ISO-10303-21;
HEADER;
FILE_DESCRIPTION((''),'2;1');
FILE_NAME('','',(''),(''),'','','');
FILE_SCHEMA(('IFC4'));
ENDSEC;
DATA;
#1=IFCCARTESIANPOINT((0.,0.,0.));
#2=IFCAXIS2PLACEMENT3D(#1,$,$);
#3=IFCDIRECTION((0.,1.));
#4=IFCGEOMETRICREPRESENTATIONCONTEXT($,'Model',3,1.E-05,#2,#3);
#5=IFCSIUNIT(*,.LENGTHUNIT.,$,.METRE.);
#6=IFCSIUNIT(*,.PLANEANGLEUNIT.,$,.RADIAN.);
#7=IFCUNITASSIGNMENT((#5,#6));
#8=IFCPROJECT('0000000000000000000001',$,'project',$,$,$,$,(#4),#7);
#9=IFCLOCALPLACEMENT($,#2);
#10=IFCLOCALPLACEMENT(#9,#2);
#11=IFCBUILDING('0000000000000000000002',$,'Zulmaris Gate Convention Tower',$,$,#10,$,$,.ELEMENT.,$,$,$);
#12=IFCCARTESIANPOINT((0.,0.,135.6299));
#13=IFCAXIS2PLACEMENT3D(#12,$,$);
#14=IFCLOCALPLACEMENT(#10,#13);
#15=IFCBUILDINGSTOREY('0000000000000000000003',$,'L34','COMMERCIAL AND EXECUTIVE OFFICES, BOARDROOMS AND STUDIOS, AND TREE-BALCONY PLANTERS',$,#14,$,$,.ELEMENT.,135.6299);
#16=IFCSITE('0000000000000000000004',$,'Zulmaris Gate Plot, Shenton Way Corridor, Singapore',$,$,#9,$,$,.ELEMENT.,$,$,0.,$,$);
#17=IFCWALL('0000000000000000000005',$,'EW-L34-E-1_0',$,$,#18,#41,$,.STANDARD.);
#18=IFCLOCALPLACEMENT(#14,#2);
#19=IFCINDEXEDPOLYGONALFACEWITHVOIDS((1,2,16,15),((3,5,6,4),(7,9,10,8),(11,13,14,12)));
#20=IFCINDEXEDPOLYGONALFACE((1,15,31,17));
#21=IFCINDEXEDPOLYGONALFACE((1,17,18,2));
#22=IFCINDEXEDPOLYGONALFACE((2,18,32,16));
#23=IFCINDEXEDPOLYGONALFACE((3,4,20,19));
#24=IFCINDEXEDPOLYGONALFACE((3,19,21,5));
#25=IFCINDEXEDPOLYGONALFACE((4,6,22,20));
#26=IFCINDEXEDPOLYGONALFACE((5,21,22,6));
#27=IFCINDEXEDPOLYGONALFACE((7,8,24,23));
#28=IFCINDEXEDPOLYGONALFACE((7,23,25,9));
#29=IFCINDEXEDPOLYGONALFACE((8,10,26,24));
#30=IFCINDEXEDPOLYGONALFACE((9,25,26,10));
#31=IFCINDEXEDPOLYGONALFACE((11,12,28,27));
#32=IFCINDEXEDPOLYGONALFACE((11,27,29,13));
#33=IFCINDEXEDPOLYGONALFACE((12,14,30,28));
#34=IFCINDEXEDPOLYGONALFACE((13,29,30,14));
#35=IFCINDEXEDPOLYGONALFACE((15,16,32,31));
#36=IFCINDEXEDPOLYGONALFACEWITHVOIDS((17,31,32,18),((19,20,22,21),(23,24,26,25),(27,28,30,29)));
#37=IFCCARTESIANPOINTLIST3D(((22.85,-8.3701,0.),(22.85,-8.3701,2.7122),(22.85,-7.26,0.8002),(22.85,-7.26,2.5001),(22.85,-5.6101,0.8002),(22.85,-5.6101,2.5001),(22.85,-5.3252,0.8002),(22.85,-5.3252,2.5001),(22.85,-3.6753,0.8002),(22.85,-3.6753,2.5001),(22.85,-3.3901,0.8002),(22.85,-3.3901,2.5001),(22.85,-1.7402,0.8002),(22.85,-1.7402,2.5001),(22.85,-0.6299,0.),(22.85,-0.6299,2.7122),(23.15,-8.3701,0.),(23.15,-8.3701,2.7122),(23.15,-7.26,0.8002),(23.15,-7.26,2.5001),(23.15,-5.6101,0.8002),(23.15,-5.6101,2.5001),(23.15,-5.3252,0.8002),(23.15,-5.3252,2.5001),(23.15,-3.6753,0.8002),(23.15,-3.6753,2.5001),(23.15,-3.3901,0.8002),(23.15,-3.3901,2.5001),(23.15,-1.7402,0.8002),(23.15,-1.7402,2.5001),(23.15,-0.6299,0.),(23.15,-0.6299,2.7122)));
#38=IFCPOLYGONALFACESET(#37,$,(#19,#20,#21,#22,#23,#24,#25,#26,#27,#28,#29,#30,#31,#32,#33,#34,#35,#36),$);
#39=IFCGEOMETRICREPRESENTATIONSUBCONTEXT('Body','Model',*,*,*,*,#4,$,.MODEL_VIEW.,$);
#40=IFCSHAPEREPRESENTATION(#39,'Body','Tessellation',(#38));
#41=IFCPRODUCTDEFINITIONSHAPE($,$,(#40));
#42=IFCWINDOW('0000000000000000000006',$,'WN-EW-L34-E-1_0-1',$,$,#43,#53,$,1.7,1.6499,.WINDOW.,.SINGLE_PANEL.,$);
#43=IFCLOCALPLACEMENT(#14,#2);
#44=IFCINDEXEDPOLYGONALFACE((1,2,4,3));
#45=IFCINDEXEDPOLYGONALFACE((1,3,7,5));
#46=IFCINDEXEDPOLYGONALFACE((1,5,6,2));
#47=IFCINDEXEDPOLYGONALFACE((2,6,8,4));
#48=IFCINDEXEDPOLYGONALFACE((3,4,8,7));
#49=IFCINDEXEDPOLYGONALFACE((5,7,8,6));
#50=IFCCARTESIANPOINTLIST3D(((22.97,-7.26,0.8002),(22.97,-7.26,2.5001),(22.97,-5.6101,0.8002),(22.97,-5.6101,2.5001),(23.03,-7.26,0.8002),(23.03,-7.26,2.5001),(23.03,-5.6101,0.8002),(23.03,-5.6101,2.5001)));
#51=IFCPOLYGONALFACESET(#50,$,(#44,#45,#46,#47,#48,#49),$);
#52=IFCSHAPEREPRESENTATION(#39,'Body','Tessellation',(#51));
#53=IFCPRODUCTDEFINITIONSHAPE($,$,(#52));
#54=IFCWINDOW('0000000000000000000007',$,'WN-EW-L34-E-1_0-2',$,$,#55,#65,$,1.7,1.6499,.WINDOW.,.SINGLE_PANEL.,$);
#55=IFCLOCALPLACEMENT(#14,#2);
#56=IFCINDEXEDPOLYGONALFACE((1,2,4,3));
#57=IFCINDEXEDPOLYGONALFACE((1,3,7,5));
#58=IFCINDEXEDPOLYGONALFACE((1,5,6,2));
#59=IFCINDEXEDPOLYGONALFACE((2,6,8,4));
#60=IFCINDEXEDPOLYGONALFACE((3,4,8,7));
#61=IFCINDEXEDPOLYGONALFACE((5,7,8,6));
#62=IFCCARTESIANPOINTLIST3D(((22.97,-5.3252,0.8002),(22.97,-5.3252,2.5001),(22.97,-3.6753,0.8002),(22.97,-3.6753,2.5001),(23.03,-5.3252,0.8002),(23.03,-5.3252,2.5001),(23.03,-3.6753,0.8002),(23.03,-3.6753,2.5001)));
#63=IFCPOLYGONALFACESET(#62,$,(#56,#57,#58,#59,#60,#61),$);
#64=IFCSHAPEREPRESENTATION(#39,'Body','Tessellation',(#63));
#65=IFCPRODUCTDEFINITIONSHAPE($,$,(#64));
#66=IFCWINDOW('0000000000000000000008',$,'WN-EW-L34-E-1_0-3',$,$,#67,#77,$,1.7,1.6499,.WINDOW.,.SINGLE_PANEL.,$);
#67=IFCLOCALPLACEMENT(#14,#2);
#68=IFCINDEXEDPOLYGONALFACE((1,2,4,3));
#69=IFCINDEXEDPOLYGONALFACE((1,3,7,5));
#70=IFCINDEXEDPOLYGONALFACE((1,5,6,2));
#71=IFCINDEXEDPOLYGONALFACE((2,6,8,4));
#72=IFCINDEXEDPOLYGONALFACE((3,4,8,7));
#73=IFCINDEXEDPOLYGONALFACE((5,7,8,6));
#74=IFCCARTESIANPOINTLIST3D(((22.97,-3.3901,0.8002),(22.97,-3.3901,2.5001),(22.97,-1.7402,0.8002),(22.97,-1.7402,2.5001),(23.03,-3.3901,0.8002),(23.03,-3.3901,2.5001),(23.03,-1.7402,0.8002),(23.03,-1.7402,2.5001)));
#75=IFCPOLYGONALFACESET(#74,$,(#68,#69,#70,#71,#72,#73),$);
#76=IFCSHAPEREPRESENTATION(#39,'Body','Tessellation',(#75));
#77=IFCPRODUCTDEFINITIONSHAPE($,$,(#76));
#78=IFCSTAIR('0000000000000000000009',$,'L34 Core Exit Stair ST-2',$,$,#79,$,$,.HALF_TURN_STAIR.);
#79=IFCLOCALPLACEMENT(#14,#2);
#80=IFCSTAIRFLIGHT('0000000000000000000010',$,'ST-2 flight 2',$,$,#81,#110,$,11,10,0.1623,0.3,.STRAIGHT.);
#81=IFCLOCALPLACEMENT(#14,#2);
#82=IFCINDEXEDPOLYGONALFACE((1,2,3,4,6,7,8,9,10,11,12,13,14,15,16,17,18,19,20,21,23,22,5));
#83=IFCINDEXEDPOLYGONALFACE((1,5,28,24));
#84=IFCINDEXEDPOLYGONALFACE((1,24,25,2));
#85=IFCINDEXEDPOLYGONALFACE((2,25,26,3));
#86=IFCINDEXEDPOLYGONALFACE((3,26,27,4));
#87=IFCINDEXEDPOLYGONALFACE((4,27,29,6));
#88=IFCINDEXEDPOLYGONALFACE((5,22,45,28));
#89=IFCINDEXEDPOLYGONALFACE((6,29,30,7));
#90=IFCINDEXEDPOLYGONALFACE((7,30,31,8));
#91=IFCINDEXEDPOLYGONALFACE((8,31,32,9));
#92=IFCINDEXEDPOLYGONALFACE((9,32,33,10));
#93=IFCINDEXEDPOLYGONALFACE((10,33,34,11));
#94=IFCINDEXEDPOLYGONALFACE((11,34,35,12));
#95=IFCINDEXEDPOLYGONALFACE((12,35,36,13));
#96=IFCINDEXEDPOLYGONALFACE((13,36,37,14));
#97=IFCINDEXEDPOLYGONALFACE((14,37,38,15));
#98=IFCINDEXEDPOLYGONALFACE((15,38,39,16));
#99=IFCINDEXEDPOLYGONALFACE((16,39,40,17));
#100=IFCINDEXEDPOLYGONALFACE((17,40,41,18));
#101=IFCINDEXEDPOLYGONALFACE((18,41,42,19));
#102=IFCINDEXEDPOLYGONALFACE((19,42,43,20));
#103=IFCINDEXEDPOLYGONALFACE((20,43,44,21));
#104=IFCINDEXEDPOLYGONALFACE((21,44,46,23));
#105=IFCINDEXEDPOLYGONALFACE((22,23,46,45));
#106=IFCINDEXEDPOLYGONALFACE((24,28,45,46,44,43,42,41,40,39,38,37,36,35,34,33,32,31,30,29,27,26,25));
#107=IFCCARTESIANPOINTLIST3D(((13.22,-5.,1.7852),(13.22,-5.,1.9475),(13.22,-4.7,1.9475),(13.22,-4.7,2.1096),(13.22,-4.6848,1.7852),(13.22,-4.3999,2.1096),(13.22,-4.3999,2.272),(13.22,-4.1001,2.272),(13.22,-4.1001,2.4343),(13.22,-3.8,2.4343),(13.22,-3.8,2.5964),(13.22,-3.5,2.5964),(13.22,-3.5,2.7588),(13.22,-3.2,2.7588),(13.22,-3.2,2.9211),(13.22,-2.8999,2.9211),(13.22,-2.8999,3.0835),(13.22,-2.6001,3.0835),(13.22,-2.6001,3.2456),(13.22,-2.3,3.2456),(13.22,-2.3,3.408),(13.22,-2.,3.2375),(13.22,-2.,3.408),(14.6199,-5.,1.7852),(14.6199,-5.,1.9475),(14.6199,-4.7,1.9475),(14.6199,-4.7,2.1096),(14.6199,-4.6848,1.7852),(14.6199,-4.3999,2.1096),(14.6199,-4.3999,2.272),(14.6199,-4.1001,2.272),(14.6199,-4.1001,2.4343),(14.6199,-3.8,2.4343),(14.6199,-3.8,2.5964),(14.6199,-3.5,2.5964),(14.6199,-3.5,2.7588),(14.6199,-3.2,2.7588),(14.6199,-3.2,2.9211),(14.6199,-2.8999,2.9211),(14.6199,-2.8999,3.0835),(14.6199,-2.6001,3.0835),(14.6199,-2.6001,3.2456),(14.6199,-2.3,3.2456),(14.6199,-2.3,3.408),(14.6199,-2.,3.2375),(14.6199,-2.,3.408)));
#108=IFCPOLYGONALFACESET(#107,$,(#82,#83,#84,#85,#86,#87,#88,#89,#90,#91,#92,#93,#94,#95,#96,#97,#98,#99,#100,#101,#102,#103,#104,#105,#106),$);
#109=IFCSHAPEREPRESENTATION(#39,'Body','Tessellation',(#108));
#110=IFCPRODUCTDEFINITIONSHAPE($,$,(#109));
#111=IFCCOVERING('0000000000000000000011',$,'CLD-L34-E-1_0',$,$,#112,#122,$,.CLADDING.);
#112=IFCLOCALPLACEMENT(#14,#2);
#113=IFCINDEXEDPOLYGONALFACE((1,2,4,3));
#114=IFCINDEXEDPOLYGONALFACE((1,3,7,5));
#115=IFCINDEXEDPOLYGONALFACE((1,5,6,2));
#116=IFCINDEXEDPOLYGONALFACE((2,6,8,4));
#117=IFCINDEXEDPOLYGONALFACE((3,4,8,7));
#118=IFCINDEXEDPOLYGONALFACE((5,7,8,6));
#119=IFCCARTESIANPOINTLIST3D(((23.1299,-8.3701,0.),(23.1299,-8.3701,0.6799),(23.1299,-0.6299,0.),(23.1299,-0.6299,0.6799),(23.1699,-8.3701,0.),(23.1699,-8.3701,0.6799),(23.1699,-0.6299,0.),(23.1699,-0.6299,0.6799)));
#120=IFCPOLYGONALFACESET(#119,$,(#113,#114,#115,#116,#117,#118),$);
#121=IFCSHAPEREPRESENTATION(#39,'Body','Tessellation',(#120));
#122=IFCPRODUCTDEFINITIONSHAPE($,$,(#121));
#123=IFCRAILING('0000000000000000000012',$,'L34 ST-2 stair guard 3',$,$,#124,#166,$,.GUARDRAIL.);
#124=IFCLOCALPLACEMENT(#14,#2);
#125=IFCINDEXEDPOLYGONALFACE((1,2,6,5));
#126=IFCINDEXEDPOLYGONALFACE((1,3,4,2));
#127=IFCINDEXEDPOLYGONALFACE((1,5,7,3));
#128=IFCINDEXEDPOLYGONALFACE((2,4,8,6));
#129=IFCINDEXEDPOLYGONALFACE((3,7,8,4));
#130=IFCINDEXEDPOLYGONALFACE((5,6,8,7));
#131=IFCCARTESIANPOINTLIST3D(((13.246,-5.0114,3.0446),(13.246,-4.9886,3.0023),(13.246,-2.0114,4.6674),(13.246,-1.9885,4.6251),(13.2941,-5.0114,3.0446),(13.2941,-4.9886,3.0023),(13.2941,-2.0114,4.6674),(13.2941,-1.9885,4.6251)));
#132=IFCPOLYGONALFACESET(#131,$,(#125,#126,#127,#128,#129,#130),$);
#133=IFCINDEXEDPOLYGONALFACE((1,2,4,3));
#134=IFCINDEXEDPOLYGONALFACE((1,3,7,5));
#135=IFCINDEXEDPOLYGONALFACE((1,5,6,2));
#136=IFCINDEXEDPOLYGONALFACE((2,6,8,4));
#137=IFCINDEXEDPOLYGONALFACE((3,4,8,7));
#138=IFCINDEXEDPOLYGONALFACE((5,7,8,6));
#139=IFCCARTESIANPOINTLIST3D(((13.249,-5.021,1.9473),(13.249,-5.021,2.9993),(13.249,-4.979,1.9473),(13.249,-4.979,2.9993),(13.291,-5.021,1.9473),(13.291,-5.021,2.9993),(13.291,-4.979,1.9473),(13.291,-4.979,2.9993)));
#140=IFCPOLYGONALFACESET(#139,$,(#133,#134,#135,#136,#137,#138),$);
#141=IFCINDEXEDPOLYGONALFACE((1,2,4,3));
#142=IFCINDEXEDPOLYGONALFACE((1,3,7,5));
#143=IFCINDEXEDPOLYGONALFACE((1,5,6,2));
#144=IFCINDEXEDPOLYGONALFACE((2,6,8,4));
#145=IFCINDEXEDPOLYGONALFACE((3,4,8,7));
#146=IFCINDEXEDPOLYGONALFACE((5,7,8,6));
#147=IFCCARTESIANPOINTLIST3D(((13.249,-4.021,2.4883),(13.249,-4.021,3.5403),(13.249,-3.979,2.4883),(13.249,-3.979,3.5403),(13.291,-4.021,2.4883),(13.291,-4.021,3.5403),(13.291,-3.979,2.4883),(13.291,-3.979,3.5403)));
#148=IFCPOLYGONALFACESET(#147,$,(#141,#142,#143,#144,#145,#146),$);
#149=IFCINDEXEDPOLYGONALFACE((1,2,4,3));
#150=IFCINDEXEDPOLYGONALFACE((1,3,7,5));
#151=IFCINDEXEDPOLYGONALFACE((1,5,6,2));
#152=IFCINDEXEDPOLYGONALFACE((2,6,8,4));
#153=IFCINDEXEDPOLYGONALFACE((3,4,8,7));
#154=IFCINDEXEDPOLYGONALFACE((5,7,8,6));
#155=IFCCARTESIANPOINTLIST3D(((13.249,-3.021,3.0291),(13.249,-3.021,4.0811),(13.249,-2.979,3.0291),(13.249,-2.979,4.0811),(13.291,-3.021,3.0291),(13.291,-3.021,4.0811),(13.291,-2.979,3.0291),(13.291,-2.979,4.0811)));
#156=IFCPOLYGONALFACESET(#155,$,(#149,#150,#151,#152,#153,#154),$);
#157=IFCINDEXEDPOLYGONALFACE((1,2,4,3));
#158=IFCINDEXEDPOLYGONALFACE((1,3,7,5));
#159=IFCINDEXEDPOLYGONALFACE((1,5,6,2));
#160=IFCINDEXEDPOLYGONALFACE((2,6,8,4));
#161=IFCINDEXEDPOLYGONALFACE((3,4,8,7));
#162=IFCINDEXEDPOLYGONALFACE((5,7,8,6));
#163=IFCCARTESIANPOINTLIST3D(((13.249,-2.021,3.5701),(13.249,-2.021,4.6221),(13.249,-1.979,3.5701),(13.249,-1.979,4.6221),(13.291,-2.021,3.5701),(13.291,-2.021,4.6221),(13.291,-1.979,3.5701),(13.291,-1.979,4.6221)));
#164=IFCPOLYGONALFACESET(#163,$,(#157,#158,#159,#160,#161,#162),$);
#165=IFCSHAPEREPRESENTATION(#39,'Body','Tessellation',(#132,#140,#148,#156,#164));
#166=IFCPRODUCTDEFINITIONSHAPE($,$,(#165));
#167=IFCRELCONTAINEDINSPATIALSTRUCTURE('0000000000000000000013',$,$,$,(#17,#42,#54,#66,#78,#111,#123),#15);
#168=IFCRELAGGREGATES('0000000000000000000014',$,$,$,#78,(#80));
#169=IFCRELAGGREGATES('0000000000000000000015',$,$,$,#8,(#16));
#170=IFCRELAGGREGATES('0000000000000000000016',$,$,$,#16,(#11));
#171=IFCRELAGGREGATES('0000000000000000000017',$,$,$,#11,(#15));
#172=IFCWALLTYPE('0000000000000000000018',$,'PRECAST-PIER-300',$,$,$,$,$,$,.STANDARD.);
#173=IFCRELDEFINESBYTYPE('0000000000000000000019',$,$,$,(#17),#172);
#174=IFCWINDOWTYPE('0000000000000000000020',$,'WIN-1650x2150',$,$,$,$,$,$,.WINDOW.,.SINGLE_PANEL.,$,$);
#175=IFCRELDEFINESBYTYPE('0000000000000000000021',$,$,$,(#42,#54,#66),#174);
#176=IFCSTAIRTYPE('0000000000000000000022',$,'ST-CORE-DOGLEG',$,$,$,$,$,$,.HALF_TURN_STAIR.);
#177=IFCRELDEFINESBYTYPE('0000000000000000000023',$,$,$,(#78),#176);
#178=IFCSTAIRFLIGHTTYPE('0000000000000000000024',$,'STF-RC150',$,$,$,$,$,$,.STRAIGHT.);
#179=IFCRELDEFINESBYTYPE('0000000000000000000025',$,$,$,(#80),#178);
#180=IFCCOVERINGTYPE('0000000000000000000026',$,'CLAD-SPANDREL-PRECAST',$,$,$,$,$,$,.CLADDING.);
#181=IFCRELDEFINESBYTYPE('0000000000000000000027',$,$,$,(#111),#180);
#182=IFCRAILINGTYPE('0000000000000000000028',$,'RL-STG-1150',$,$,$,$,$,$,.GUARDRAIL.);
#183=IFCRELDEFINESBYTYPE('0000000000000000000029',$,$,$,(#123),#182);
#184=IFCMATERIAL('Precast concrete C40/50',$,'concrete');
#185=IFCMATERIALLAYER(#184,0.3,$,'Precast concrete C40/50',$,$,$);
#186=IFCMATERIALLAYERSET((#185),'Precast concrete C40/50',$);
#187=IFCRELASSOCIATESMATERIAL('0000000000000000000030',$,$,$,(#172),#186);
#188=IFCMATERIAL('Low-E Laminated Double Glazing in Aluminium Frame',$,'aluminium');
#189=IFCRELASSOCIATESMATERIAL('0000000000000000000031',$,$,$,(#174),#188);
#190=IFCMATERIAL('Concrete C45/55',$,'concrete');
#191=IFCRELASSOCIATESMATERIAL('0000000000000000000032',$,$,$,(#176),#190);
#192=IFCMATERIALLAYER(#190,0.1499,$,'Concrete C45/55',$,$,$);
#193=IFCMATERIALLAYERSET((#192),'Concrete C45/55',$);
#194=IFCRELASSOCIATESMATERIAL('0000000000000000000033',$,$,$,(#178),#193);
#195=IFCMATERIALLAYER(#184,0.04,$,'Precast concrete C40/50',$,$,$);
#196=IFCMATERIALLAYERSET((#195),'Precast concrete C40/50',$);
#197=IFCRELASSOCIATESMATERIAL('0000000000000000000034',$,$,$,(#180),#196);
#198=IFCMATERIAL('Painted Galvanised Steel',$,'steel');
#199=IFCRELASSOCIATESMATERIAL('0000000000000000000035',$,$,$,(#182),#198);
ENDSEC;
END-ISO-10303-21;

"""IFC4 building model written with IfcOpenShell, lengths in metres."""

from ifc_helpers import new_model, si_unit, direction, frame, frame_2d, origin, origin_2d, place, context, subcontext, project, spatial, polyline, rectangle, outline, extrude, material, layer, layer_set, type_object, element, fill, aggregate, save


model = new_model("IFC4")

# Units and contexts
model_context = context("Model", 3, precision=1e-05, world=origin(), true_north=direction((0.0, 1.0)))
body_context = subcontext(model_context, "Body", "Model", "MODEL_VIEW")
ifc_project = project(units=[si_unit("LENGTHUNIT", "METRE"), si_unit("PLANEANGLEUNIT", "RADIAN")], contexts=[model_context])

# Site, building, storey
site_placement = place(None, origin())
site = spatial("IfcSite", under=ifc_project, at=site_placement, Name="Zulmaris Gate Plot, Shenton Way Corridor, Singapore", CompositionType="ELEMENT", RefElevation=0.0)
building_placement = place(site_placement, origin())
building = spatial("IfcBuilding", under=site, at=building_placement, Name="Zulmaris Gate Convention Tower", CompositionType="ELEMENT")
storey_placement = place(building_placement, frame((0.0, 0.0, 135.6299)))
storey = spatial("IfcBuildingStorey", under=building, at=storey_placement, Name="L34", Description="COMMERCIAL AND EXECUTIVE OFFICES, BOARDROOMS AND STUDIOS, AND TREE-BALCONY PLANTERS", CompositionType="ELEMENT", Elevation=135.6299)

# Wall, openings, windows
ifc_material_1 = material(Name="Precast concrete C40/50", Category="concrete")
ifc_layer_1 = layer(ifc_material_1, 0.3, Name="Precast concrete C40/50")
ifc_layer_set_1 = layer_set([ifc_layer_1], Name="Precast concrete C40/50")
wall_type_1 = type_object("IfcWallType", Name="PRECAST-PIER-300", PredefinedType="STANDARD", material=ifc_layer_set_1)
wall_1_placement = place(storey_placement, frame((23.0, -8.3701, 0.0), z_axis=(0.0, 0.0, 1.0), x_axis=(0.0, 1.0, 0.0)))
wall_1 = element("IfcWall", 1, at=wall_1_placement, inside=storey, type_object=wall_type_1, Name="EW-L34-E-1_0", PredefinedType="STANDARD", context=body_context, shape_type="SweptSolid", body=[
    extrude(rectangle(XDim=7.7402, YDim=0.3, at=frame_2d((3.8701, 0.0))), origin(), (0.0, 0.0, 1.0), 2.7122),
])
opening_1_placement = place(wall_1_placement, frame((1.1101, 0.0, 0.8)))
opening_1 = element("IfcOpeningElement", 2, at=opening_1_placement, cuts=wall_1, PredefinedType="OPENING", context=body_context, shape_type="SweptSolid", body=[
    extrude(rectangle(XDim=1.6499, YDim=1.7, at=frame_2d((0.825, 0.8501))), frame((0.0, 0.1602, 0.0), z_axis=(0.0, -1.0, 0.0), x_axis=(1.0, 0.0, 0.0)), (0.0, 0.0, 1.0), 0.3201),
])
opening_2_placement = place(wall_1_placement, frame((3.0449, 0.0, 0.8)))
opening_2 = element("IfcOpeningElement", 3, at=opening_2_placement, cuts=wall_1, PredefinedType="OPENING", context=body_context, shape_type="SweptSolid", body=[
    extrude(rectangle(XDim=1.6499, YDim=1.7, at=frame_2d((0.825, 0.8501))), frame((0.0, 0.1602, 0.0), z_axis=(0.0, -1.0, 0.0), x_axis=(1.0, 0.0, 0.0)), (0.0, 0.0, 1.0), 0.3201),
])
opening_3_placement = place(wall_1_placement, frame((4.98, 0.0, 0.8)))
opening_3 = element("IfcOpeningElement", 4, at=opening_3_placement, cuts=wall_1, PredefinedType="OPENING", context=body_context, shape_type="SweptSolid", body=[
    extrude(rectangle(XDim=1.6499, YDim=1.7, at=frame_2d((0.825, 0.8501))), frame((0.0, 0.1602, 0.0), z_axis=(0.0, -1.0, 0.0), x_axis=(1.0, 0.0, 0.0)), (0.0, 0.0, 1.0), 0.3201),
])
ifc_material_2 = material(Name="Low-E Laminated Double Glazing in Aluminium Frame", Category="aluminium")
window_type = type_object("IfcWindowType", Name="WIN-1650x2150", PartitioningType="SINGLE_PANEL", PredefinedType="WINDOW", material=ifc_material_2)
window_1_placement = place(opening_1_placement, origin())
window_1 = element("IfcWindow", 5, at=window_1_placement, inside=storey, type_object=window_type, Name="WN-EW-L34-E-1_0-1", OverallHeight=1.7, OverallWidth=1.6499, PartitioningType="SINGLE_PANEL", PredefinedType="WINDOW", context=body_context, shape_type="SweptSolid", body=[
    extrude(rectangle(XDim=1.6499, YDim=1.7, at=frame_2d((0.825, 0.8501))), frame((0.0, 0.03, 0.0), z_axis=(0.0, -1.0, 0.0), x_axis=(1.0, 0.0, 0.0)), (0.0, 0.0, 1.0), 0.0601),
])
fill(opening_1, window_1)
window_2_placement = place(opening_2_placement, origin())
window_2 = element("IfcWindow", 6, at=window_2_placement, inside=storey, type_object=window_type, Name="WN-EW-L34-E-1_0-2", OverallHeight=1.7, OverallWidth=1.6499, PartitioningType="SINGLE_PANEL", PredefinedType="WINDOW", context=body_context, shape_type="SweptSolid", body=[
    extrude(rectangle(XDim=1.6499, YDim=1.7, at=frame_2d((0.825, 0.8501))), frame((0.0, 0.03, 0.0), z_axis=(0.0, -1.0, 0.0), x_axis=(1.0, 0.0, 0.0)), (0.0, 0.0, 1.0), 0.0601),
])
fill(opening_2, window_2)
window_3_placement = place(opening_3_placement, origin())
window_3 = element("IfcWindow", 7, at=window_3_placement, inside=storey, type_object=window_type, Name="WN-EW-L34-E-1_0-3", OverallHeight=1.7, OverallWidth=1.6499, PartitioningType="SINGLE_PANEL", PredefinedType="WINDOW", context=body_context, shape_type="SweptSolid", body=[
    extrude(rectangle(XDim=1.6499, YDim=1.7, at=frame_2d((0.825, 0.8501))), frame((0.0, 0.03, 0.0), z_axis=(0.0, -1.0, 0.0), x_axis=(1.0, 0.0, 0.0)), (0.0, 0.0, 1.0), 0.0601),
])
fill(opening_3, window_3)

# Stair, stair flight
ifc_material_3 = material(Name="Concrete C45/55", Category="concrete")
stair_type = type_object("IfcStairType", Name="ST-CORE-DOGLEG", PredefinedType="HALF_TURN_STAIR", material=ifc_material_3)
stair_placement = place(storey_placement, origin())
stair = element("IfcStair", 8, at=stair_placement, inside=storey, type_object=stair_type, Name="L34 Core Exit Stair ST-2", PredefinedType="HALF_TURN_STAIR")
ifc_layer_2 = layer(ifc_material_3, 0.1499, Name="Concrete C45/55")
ifc_layer_set_2 = layer_set([ifc_layer_2], Name="Concrete C45/55")
stair_flight_type = type_object("IfcStairFlightType", Name="STF-RC150", PredefinedType="STRAIGHT", material=ifc_layer_set_2)
stair_flight_placement = place(storey_placement, frame((13.9199, -5.0, 1.7852), z_axis=(0.0, 0.0, 1.0), x_axis=(0.0, 1.0, 0.0)))
stair_flight = element("IfcStairFlight", 9, at=stair_flight_placement, type_object=stair_flight_type, Name="ST-2 flight 2", NumberOfRisers=11, NumberOfTreads=10, PredefinedType="STRAIGHT", RiserHeight=0.1623, TreadLength=0.3, context=body_context, shape_type="SweptSolid", body=[
    extrude(outline(polyline([(0.0, 0.0), (0.0, 0.1624), (0.3, 0.1624), (0.3, 0.3245), (0.6001, 0.3245), (0.6001, 0.4868), (0.8999, 0.4868), (0.8999, 0.6492), (1.2, 0.6492), (1.2, 0.8113), (1.5, 0.8113), (1.5, 0.9736), (1.8, 0.9736), (1.8, 1.136), (2.1001, 1.136), (2.1001, 1.2983), (2.3999, 1.2983), (2.3999, 1.4604), (2.7, 1.4604), (2.7, 1.6228), (3.0, 1.6228), (3.0, 1.7852), (3.0, 1.4524), (0.3152, 0.0), (0.0, 0.0)])), frame((0.0, 0.7, 0.0), z_axis=(0.0, -1.0, 0.0), x_axis=(1.0, 0.0, 0.0)), (0.0, 0.0, 1.0), 1.3999),
])
aggregate(stair, [stair_flight])

# Covering
ifc_layer_3 = layer(ifc_material_1, 0.04, Name="Precast concrete C40/50")
ifc_layer_set_3 = layer_set([ifc_layer_3], Name="Precast concrete C40/50")
covering_type = type_object("IfcCoveringType", Name="CLAD-SPANDREL-PRECAST", PredefinedType="CLADDING", material=ifc_layer_set_3)
covering_placement = place(storey_placement, frame((23.1499, -8.3701, 0.0), z_axis=(0.0, 0.0, 1.0), x_axis=(0.0, 1.0, 0.0)))
element("IfcCovering", 10, at=covering_placement, inside=storey, type_object=covering_type, Name="CLD-L34-E-1_0", PredefinedType="CLADDING", context=body_context, shape_type="SweptSolid", body=[
    extrude(rectangle(XDim=7.7402, YDim=0.04, at=frame_2d((3.8701, 0.0))), origin(), (0.0, 0.0, 1.0), 0.6799),
])

# Railing
ifc_material_4 = material(Name="Painted Galvanised Steel", Category="steel")
railing_type_1 = type_object("IfcRailingType", Name="RL-STG-1150", PredefinedType="GUARDRAIL", material=ifc_material_4)
railing_1_placement = place(storey_placement, frame((13.27, -5.0, 1.9473)))
element("IfcRailing", 11, at=railing_1_placement, inside=storey, type_object=railing_type_1, Name="L34 ST-2 stair guard 3", PredefinedType="GUARDRAIL", context=body_context, shape_type="SweptSolid", body=[
    extrude(rectangle(XDim=0.0481, YDim=0.0481, at=origin_2d()), frame((0.0, 0.0, 1.0762), z_axis=(0.0, 0.879562, 0.475785), x_axis=(-1.0, 0.0, 0.0)), (0.0, 0.0, 1.0), 3.4109),
    extrude(rectangle(XDim=0.042, YDim=0.042, at=origin_2d()), origin(), (0.0, 0.0, 1.0), 1.052),
    extrude(rectangle(XDim=0.042, YDim=0.042, at=origin_2d()), frame((0.0, 1.0, 0.541)), (0.0, 0.0, 1.0), 1.052),
    extrude(rectangle(XDim=0.042, YDim=0.042, at=origin_2d()), frame((0.0, 2.0, 1.0818)), (0.0, 0.0, 1.0), 1.052),
    extrude(rectangle(XDim=0.042, YDim=0.042, at=origin_2d()), frame((0.0, 3.0, 1.6228)), (0.0, 0.0, 1.0), 1.052),
])

save(model, "model.ifc")
